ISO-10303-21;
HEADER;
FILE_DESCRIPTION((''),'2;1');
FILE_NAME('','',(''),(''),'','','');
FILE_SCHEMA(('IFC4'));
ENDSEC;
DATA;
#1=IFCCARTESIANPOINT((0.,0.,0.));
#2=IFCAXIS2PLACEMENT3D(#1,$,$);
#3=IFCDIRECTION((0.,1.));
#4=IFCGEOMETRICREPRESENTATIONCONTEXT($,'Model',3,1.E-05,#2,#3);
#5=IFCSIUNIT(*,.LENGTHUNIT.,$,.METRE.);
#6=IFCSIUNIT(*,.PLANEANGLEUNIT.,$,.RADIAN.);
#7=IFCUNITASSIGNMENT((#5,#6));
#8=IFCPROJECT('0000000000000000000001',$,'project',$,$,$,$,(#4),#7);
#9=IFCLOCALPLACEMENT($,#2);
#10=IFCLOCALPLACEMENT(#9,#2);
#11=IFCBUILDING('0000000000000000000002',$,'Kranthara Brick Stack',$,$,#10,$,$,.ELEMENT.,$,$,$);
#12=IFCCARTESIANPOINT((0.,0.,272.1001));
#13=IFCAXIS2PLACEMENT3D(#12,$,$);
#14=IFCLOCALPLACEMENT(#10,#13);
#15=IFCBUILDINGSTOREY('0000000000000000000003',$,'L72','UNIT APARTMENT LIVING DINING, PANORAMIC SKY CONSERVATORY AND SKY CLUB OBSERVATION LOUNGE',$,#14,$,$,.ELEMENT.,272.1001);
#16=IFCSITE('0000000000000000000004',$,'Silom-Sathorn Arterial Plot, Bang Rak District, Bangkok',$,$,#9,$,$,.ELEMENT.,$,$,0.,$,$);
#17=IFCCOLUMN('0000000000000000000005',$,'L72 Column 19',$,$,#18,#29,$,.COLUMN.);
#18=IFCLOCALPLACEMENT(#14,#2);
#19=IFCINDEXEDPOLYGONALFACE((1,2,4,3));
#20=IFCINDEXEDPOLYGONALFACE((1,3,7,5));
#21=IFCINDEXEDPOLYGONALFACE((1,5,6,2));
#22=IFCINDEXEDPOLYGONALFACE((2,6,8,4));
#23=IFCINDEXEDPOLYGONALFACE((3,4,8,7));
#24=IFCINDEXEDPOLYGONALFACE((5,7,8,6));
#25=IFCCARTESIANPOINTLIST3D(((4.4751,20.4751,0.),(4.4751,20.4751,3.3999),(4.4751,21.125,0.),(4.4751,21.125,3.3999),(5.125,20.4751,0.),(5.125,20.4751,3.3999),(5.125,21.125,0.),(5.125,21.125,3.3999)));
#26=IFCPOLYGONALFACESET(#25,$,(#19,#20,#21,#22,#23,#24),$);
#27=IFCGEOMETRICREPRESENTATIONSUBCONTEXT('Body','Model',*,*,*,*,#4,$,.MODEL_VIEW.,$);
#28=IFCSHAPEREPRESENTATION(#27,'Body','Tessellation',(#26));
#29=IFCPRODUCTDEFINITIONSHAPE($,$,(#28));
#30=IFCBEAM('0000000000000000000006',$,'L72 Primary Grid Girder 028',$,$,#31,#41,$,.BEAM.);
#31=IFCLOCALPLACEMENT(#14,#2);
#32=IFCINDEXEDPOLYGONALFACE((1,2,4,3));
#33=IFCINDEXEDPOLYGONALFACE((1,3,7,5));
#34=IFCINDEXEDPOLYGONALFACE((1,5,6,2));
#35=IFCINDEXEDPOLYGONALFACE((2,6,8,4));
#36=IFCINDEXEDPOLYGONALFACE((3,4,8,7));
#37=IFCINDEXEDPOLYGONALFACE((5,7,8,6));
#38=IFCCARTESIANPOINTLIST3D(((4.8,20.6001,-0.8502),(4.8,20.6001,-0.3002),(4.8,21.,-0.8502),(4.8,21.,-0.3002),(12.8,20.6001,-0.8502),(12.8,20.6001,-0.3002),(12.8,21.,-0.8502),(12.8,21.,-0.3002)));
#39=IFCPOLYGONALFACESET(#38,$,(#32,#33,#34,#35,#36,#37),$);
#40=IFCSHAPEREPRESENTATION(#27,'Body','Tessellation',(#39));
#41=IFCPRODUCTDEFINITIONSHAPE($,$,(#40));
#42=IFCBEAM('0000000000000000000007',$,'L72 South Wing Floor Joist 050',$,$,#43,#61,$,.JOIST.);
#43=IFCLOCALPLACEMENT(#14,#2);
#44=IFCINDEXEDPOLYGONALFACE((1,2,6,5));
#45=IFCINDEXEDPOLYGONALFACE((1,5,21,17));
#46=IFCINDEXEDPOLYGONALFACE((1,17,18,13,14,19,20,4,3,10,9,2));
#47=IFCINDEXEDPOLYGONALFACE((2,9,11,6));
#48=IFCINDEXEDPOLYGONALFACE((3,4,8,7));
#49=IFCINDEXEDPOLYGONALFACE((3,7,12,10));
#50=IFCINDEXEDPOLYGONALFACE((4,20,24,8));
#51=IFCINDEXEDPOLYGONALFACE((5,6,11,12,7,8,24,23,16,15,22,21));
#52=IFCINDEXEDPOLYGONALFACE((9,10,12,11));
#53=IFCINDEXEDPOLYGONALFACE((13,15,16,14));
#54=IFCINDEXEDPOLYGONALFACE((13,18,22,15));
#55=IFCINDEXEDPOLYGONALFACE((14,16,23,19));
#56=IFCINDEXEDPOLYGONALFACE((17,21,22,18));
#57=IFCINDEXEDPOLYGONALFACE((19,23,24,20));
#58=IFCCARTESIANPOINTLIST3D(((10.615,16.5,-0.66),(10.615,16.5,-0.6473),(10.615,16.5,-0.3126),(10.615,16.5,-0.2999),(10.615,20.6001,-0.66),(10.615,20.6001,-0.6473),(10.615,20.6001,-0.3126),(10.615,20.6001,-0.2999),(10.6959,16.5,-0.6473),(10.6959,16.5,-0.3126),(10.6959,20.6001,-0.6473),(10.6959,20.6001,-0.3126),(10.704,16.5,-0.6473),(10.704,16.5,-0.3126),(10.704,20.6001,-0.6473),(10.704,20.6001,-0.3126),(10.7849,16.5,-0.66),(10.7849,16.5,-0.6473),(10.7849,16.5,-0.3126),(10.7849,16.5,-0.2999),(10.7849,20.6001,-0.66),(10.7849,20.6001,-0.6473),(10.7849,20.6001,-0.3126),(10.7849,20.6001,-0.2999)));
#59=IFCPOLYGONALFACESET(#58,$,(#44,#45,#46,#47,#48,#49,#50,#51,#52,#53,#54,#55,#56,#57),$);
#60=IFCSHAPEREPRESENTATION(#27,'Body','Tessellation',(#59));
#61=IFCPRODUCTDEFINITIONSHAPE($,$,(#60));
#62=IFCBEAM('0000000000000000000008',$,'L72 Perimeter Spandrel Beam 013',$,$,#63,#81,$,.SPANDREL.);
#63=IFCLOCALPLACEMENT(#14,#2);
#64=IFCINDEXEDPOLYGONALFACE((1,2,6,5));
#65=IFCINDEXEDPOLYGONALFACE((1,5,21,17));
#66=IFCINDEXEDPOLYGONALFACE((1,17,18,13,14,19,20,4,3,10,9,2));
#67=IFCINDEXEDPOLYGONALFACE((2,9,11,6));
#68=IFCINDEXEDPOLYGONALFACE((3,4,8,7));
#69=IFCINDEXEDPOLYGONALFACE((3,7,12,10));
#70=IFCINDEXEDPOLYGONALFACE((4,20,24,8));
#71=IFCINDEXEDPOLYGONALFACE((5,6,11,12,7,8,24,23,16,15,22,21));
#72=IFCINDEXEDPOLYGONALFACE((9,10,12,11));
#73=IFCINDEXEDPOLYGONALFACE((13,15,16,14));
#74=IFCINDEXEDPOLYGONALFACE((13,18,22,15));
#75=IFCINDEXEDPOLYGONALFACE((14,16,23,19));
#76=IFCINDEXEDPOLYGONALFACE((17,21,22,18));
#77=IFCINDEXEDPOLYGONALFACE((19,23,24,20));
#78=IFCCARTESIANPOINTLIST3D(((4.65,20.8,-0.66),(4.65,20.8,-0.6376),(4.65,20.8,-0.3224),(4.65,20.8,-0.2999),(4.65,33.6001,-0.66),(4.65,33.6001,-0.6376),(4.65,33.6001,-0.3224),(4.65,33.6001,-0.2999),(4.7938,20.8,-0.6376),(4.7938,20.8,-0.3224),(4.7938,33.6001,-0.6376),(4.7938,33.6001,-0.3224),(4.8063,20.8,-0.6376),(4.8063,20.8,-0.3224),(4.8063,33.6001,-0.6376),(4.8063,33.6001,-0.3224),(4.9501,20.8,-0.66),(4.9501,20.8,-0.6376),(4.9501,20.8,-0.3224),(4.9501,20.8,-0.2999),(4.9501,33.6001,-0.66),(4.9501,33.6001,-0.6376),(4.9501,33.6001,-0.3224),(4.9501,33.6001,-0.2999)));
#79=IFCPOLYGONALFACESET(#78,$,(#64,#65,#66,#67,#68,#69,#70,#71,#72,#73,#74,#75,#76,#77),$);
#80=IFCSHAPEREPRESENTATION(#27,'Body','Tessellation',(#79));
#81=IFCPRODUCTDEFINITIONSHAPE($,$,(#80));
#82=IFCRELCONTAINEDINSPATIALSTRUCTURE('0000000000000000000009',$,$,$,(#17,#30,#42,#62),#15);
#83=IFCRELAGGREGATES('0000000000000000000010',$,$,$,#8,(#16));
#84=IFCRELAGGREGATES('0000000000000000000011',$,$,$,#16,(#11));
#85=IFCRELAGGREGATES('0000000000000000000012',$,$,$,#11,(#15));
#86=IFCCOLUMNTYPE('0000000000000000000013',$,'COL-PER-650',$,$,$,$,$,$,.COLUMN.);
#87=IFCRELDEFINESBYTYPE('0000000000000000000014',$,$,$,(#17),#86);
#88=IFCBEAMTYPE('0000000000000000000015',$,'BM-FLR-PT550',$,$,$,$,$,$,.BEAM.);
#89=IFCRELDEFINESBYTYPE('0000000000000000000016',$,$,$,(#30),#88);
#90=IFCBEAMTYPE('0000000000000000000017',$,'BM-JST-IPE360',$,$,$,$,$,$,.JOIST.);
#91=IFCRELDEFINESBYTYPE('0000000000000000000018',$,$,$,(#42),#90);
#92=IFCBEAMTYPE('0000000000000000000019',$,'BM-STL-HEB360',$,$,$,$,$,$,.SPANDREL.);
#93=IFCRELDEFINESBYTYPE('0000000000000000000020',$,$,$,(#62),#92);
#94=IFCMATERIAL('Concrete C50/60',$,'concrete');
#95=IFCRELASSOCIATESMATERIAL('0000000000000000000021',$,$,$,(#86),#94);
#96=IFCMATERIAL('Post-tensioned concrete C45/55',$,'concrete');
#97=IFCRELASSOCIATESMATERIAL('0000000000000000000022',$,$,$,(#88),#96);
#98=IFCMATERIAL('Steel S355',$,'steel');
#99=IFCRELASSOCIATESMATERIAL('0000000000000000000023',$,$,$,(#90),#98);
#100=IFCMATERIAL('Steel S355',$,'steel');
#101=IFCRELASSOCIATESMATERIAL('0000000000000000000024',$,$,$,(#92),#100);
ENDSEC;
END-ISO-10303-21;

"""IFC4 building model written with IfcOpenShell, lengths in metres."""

from ifc_helpers import new_model, si_unit, direction, frame, origin, origin_2d, place, context, subcontext, project, spatial, rectangle, i_section, extrude, material, material_profile, profile_set, type_object, element, save


model = new_model("IFC4")

# Units and contexts
model_context = context("Model", 3, precision=1e-05, world=origin(), true_north=direction((0.0, 1.0)))
body_context = subcontext(model_context, "Body", "Model", "MODEL_VIEW")
ifc_project = project(units=[si_unit("LENGTHUNIT", "METRE"), si_unit("PLANEANGLEUNIT", "RADIAN")], contexts=[model_context])

# Site, building, storey
site_placement = place(None, origin())
site = spatial("IfcSite", under=ifc_project, at=site_placement, Name="Silom-Sathorn Arterial Plot, Bang Rak District, Bangkok", CompositionType="ELEMENT", RefElevation=0.0)
building_placement = place(site_placement, origin())
building = spatial("IfcBuilding", under=site, at=building_placement, Name="Kranthara Brick Stack", CompositionType="ELEMENT")
storey_placement = place(building_placement, frame((0.0, 0.0, 272.1001)))
storey = spatial("IfcBuildingStorey", under=building, at=storey_placement, Name="L72", Description="UNIT APARTMENT LIVING DINING, PANORAMIC SKY CONSERVATORY AND SKY CLUB OBSERVATION LOUNGE", CompositionType="ELEMENT", Elevation=272.1001)

# Column
ifc_material_1 = material(Name="Concrete C50/60", Category="concrete")
ifc_material_profile_1 = material_profile(ifc_material_1, rectangle(XDim=0.6499, YDim=0.6499, at=origin_2d()), Name="RC 650x650")
ifc_profile_set_1 = profile_set([ifc_material_profile_1], Name="Concrete C50/60")
column_type = type_object("IfcColumnType", Name="COL-PER-650", PredefinedType="COLUMN", material=ifc_profile_set_1)
column_placement = place(storey_placement, frame((4.8, 20.8, 0.0), z_axis=(0.0, 0.0, 1.0), x_axis=(1.0, 0.0, 0.0)))
element("IfcColumn", 1, at=column_placement, inside=storey, type_object=column_type, Name="L72 Column 19", PredefinedType="COLUMN", context=body_context, shape_type="SweptSolid", body=[
    extrude(rectangle(XDim=0.6499, YDim=0.6499, at=origin_2d()), origin(), (0.0, 0.0, 1.0), 3.3999),
])

# Beams
ifc_material_2 = material(Name="Post-tensioned concrete C45/55", Category="concrete")
ifc_material_profile_2 = material_profile(ifc_material_2, rectangle(XDim=0.3999, YDim=0.55, at=origin_2d()), Name="PT 400x550")
ifc_profile_set_2 = profile_set([ifc_material_profile_2], Name="Post-tensioned concrete C45/55")
beam_type_1 = type_object("IfcBeamType", Name="BM-FLR-PT550", PredefinedType="BEAM", material=ifc_profile_set_2)
beam_1_placement = place(storey_placement, frame((4.8, 20.8, -0.5752), z_axis=(1.0, 0.0, 0.0), x_axis=(0.0, 1.0, 0.0)))
element("IfcBeam", 2, at=beam_1_placement, inside=storey, type_object=beam_type_1, Name="L72 Primary Grid Girder 028", PredefinedType="BEAM", context=body_context, shape_type="SweptSolid", body=[
    extrude(rectangle(XDim=0.3999, YDim=0.55, at=origin_2d()), origin(), (0.0, 0.0, 1.0), 8.0),
])
ifc_material_3 = material(Name="Steel S355", Category="steel")
ifc_material_profile_3 = material_profile(ifc_material_3, i_section(OverallWidth=0.1699, OverallDepth=0.3601, WebThickness=0.0081, FlangeThickness=0.0127, at=origin_2d()), Name="IPE 360")
ifc_profile_set_3 = profile_set([ifc_material_profile_3], Name="Steel S355")
beam_type_2 = type_object("IfcBeamType", Name="BM-JST-IPE360", PredefinedType="JOIST", material=ifc_profile_set_3)
beam_2_placement = place(storey_placement, frame((10.7, 16.5, -0.48), z_axis=(0.0, 1.0, 0.0), x_axis=(-1.0, 0.0, 0.0)))
element("IfcBeam", 3, at=beam_2_placement, inside=storey, type_object=beam_type_2, Name="L72 South Wing Floor Joist 050", PredefinedType="JOIST", context=body_context, shape_type="SweptSolid", body=[
    extrude(i_section(OverallWidth=0.1699, OverallDepth=0.3601, WebThickness=0.0081, FlangeThickness=0.0127, at=origin_2d()), origin(), (0.0, 0.0, 1.0), 4.1001),
])
ifc_material_4 = material(Name="Steel S355", Category="steel")
ifc_material_profile_4 = material_profile(ifc_material_4, i_section(OverallWidth=0.3, OverallDepth=0.3601, WebThickness=0.0125, FlangeThickness=0.0225, at=origin_2d()), Name="HEB 360")
ifc_profile_set_4 = profile_set([ifc_material_profile_4], Name="Steel S355")
beam_type_3 = type_object("IfcBeamType", Name="BM-STL-HEB360", PredefinedType="SPANDREL", material=ifc_profile_set_4)
beam_3_placement = place(storey_placement, frame((4.8, 20.8, -0.48), z_axis=(0.0, 1.0, 0.0), x_axis=(-1.0, 0.0, 0.0)))
element("IfcBeam", 4, at=beam_3_placement, inside=storey, type_object=beam_type_3, Name="L72 Perimeter Spandrel Beam 013", PredefinedType="SPANDREL", context=body_context, shape_type="SweptSolid", body=[
    extrude(i_section(OverallWidth=0.3, OverallDepth=0.3601, WebThickness=0.0125, FlangeThickness=0.0225, at=origin_2d()), origin(), (0.0, 0.0, 1.0), 12.8),
])

save(model, "model.ifc")
